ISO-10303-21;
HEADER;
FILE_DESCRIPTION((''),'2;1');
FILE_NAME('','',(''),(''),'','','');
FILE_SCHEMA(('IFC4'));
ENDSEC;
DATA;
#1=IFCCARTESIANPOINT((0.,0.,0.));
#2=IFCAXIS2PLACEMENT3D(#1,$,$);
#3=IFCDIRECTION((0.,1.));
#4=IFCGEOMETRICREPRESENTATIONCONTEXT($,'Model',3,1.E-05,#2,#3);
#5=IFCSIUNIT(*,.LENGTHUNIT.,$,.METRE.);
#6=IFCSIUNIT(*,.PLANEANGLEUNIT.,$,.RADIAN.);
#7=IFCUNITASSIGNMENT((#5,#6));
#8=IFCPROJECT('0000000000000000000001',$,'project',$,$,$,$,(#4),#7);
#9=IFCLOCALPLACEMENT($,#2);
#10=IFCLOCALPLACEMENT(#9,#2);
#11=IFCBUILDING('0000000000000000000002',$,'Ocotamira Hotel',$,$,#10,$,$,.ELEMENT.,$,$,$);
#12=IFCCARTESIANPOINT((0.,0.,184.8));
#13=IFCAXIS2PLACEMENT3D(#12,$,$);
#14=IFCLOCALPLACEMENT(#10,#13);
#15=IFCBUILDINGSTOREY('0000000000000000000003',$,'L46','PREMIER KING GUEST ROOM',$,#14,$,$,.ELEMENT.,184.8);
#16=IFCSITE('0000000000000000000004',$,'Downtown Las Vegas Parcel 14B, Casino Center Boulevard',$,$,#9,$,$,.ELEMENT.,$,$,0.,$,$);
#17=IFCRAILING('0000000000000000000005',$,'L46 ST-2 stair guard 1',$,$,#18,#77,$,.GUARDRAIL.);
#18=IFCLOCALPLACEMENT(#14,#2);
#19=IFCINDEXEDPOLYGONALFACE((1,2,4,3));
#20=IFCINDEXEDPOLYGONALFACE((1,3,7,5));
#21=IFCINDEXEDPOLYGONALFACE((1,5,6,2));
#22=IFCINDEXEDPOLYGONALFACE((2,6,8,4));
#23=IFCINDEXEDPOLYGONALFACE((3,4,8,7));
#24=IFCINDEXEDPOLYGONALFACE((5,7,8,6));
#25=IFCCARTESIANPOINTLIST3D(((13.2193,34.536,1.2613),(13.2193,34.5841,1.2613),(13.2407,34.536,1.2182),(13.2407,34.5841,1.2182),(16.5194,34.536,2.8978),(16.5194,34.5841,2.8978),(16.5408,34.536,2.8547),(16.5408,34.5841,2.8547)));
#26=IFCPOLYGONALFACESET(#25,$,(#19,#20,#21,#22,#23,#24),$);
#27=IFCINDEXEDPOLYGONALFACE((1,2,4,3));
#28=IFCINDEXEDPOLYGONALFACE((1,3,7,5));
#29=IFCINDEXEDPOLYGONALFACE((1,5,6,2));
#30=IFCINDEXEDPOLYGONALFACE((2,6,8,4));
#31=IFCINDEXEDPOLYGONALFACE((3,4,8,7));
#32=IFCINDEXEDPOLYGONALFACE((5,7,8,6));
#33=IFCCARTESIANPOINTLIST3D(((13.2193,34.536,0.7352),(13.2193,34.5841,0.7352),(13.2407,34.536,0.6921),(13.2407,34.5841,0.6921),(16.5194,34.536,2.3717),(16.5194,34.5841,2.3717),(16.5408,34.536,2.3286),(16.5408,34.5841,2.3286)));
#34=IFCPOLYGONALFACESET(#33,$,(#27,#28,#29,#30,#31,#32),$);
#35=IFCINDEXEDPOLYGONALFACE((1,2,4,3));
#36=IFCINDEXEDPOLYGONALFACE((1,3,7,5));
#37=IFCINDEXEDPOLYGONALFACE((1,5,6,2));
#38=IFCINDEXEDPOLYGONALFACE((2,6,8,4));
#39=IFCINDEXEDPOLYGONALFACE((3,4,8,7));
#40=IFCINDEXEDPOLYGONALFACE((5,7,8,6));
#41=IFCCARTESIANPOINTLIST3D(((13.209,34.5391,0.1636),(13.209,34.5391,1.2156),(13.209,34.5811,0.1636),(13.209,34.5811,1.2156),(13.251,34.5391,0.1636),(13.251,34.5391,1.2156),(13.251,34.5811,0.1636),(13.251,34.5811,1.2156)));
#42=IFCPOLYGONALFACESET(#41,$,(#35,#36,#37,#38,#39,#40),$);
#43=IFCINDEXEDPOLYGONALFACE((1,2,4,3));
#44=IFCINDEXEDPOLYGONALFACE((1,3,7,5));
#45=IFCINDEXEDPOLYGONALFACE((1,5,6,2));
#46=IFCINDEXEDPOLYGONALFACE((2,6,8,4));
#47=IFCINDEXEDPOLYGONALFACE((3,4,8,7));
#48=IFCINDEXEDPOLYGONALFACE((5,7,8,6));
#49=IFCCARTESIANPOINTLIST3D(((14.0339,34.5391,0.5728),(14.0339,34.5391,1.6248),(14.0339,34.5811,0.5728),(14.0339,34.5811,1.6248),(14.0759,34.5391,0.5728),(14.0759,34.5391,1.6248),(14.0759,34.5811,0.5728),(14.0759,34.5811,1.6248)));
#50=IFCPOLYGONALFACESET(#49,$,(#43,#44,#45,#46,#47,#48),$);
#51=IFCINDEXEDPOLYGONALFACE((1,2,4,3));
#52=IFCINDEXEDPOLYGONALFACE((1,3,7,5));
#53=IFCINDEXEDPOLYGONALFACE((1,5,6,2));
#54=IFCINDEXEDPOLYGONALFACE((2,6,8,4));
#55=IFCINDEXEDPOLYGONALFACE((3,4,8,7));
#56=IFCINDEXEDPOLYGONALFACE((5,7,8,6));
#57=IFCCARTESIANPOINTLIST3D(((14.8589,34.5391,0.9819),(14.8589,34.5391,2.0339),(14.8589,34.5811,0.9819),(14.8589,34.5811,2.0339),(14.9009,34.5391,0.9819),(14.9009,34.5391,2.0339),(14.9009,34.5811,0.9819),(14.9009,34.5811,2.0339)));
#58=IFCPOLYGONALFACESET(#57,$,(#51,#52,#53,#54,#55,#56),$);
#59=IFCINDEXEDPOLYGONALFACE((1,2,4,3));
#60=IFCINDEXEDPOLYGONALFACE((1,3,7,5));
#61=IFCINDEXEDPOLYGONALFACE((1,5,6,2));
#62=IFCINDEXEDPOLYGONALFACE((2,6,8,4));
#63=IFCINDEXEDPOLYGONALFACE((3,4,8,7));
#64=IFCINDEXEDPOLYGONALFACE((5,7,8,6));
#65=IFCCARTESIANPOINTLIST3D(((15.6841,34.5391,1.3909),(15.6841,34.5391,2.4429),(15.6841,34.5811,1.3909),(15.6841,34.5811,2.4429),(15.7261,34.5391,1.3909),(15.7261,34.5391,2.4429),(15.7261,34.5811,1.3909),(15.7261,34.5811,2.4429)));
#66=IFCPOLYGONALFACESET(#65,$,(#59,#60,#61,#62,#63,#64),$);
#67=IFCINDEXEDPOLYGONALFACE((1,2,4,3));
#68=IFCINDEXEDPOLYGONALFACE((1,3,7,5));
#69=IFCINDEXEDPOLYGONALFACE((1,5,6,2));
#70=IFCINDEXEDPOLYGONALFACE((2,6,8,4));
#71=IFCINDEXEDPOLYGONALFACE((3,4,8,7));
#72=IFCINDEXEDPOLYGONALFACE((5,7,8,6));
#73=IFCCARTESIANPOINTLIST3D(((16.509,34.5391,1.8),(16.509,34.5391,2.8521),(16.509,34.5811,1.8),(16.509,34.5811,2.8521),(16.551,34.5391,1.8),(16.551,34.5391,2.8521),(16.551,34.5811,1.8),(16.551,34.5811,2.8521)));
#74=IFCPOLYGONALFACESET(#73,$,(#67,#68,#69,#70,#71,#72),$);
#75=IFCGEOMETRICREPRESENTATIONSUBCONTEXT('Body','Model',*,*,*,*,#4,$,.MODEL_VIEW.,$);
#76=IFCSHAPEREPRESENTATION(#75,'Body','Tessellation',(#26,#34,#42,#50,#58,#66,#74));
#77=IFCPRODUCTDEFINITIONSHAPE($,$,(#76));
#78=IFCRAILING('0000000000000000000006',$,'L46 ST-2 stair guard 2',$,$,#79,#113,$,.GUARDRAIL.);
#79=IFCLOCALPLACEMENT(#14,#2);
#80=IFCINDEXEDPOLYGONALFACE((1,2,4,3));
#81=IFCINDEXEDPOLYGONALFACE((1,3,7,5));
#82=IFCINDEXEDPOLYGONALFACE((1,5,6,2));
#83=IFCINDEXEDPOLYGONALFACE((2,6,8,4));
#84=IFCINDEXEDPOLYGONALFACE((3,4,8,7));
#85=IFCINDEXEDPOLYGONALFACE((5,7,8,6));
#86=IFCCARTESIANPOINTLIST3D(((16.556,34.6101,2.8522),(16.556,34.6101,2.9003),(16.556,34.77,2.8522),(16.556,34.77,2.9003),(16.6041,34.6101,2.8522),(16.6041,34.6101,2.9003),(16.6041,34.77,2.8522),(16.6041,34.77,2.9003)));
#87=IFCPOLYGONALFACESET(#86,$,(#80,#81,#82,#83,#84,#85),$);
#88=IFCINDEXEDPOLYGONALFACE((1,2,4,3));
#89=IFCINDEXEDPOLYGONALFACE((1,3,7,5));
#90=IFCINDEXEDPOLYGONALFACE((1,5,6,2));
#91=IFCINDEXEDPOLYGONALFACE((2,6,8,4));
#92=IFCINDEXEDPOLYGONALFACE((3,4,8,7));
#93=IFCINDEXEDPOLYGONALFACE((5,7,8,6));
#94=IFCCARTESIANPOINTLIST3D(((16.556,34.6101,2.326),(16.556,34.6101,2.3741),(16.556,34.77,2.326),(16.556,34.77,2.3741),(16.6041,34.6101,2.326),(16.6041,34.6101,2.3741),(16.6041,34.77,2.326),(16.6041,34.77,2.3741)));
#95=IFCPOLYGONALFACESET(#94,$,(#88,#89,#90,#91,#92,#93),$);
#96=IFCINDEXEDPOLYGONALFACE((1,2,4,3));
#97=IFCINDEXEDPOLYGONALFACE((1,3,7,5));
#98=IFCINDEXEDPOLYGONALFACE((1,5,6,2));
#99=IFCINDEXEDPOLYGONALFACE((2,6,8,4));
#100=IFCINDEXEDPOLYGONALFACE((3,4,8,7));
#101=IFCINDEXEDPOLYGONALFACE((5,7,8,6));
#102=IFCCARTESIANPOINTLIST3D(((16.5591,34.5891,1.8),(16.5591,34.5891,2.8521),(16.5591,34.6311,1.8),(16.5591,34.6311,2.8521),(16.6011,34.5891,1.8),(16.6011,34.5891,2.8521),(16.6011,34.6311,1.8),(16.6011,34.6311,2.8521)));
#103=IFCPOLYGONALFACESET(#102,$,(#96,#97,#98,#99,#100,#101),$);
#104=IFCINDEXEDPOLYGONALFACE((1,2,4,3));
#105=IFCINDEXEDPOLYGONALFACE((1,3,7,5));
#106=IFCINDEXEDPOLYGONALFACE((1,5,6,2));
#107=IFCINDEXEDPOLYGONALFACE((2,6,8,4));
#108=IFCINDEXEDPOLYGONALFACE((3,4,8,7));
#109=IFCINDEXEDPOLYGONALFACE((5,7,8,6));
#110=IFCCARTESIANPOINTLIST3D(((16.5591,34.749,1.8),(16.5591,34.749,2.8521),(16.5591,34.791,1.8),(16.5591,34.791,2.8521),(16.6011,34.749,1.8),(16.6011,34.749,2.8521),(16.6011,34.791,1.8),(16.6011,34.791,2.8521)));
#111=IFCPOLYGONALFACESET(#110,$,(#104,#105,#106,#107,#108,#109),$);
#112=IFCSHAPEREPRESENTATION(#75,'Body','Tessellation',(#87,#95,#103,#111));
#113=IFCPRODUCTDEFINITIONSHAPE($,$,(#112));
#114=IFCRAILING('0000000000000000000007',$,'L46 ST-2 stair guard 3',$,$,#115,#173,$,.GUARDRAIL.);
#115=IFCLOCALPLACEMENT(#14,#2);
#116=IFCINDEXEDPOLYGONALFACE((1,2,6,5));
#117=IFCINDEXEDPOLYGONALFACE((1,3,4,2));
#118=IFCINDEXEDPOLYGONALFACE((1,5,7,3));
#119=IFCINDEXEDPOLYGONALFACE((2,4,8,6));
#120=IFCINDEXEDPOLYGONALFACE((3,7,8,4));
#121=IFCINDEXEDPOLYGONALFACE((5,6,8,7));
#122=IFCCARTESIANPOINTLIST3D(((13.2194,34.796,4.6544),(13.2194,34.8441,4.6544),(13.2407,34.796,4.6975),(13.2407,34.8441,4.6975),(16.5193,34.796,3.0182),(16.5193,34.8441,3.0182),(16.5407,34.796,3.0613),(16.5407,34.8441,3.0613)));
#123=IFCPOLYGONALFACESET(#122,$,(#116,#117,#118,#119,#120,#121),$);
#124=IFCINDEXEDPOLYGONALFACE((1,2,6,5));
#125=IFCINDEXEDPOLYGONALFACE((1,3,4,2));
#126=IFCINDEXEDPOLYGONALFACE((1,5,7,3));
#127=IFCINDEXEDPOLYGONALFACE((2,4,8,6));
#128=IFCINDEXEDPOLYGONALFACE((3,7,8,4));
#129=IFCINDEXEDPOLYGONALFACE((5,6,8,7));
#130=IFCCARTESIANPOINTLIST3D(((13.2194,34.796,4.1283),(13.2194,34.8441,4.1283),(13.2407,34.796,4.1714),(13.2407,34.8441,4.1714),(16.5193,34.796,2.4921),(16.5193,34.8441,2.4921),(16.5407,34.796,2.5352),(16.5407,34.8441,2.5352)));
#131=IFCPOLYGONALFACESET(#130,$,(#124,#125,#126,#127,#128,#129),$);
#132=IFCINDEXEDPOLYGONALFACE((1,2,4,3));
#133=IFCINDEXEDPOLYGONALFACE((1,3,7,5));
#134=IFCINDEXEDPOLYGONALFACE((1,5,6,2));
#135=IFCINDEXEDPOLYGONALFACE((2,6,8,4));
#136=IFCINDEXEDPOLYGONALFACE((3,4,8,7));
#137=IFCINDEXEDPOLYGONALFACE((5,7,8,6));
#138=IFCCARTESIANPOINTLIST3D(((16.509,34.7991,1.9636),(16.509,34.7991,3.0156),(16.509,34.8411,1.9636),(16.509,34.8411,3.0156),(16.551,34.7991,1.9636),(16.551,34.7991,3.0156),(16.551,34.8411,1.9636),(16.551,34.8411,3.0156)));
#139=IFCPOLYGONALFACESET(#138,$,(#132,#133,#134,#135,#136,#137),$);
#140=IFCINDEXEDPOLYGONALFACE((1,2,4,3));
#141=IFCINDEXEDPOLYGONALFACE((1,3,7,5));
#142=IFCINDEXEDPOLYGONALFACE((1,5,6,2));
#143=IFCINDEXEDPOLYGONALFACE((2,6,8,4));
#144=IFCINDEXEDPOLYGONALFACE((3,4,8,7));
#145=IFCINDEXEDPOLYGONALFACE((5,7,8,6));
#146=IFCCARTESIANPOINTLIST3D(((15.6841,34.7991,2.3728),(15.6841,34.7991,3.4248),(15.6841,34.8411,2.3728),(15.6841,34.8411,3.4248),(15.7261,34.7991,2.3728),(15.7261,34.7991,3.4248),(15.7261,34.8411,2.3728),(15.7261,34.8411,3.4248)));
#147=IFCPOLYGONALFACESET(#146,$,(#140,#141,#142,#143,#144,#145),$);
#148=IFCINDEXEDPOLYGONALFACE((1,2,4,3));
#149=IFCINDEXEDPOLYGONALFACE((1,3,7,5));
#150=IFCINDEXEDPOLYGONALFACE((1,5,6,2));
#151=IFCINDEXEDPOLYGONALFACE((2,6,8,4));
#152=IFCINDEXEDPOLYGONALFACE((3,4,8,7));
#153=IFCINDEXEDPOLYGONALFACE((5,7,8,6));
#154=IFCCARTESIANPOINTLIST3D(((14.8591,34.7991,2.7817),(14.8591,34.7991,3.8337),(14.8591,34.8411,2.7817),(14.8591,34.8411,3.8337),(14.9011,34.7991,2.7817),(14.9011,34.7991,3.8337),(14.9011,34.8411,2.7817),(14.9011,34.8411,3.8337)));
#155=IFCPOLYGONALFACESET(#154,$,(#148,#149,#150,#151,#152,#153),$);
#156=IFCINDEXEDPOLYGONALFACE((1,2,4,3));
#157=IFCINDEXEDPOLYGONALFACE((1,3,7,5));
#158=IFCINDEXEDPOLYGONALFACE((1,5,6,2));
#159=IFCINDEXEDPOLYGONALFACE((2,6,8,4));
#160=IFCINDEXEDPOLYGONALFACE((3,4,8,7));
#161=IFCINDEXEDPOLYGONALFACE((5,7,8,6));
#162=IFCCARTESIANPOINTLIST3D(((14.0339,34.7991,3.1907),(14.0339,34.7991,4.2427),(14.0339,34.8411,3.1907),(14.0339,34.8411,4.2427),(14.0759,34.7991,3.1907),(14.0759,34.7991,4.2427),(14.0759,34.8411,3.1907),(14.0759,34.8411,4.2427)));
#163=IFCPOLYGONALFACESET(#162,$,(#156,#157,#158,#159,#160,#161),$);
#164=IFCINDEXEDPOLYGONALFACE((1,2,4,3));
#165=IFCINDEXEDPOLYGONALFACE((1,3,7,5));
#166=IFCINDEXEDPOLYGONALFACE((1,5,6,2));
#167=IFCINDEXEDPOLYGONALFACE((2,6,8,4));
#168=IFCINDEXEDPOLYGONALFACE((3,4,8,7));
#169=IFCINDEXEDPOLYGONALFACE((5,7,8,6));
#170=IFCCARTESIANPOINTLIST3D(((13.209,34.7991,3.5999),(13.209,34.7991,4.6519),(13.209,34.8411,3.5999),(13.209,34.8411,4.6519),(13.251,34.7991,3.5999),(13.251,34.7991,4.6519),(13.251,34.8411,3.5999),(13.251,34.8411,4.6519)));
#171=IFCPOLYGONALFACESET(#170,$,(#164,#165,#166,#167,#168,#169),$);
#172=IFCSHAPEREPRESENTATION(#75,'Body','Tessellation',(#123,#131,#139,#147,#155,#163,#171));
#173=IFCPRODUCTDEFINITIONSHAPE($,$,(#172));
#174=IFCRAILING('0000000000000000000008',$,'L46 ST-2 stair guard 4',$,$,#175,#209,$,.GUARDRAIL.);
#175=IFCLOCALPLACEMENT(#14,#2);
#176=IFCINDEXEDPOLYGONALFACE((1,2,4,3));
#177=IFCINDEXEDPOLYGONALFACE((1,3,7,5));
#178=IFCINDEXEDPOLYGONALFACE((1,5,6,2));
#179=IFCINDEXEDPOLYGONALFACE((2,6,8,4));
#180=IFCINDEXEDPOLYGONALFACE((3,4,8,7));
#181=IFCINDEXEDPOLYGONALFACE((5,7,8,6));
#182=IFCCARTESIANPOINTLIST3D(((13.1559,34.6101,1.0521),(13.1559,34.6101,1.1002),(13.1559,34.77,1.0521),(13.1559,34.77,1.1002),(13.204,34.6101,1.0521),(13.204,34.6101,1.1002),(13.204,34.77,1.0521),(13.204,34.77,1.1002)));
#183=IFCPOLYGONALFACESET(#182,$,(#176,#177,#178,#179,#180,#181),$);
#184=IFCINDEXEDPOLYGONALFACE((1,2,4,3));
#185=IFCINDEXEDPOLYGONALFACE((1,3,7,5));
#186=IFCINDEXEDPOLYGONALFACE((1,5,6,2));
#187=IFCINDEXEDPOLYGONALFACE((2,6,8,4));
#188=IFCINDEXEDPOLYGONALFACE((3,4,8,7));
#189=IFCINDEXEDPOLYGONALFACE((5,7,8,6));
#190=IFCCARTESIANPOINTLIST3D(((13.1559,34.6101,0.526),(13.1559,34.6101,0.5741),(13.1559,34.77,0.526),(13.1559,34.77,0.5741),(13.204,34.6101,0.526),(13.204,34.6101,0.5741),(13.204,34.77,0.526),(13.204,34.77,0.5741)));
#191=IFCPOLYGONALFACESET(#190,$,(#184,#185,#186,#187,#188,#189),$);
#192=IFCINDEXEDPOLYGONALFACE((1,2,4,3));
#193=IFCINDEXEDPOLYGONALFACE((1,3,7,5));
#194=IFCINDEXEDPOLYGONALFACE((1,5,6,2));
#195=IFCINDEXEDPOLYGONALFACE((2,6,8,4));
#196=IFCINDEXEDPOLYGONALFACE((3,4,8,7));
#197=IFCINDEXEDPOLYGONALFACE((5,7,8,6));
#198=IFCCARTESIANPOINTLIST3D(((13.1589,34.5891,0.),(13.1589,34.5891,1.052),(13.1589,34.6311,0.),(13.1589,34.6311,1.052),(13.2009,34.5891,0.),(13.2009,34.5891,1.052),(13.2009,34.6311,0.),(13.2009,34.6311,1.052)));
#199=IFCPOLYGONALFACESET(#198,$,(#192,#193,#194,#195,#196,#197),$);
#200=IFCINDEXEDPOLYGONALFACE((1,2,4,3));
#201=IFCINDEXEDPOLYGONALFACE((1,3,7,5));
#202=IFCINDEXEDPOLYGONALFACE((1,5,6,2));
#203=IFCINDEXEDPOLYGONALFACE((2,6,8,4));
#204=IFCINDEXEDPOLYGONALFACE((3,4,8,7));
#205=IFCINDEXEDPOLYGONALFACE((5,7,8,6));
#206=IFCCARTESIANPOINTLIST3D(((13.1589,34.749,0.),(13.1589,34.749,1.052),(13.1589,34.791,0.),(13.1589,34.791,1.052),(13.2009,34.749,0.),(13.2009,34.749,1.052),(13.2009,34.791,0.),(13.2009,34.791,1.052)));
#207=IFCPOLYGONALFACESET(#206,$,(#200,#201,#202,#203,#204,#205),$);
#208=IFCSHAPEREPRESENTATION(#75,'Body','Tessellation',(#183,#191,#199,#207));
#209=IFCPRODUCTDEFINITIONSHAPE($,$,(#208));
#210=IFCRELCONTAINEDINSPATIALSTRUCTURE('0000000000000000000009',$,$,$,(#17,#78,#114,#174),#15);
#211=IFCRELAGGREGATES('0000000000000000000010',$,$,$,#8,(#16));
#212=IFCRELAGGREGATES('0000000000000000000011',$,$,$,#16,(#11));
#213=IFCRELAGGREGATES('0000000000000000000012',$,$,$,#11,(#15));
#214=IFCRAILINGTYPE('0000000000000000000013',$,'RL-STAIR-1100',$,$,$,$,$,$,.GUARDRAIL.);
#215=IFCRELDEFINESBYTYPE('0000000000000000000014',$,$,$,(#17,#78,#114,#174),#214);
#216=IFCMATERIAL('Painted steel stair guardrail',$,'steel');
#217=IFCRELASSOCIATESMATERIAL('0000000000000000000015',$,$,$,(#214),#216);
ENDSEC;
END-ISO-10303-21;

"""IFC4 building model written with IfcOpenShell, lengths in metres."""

from ifc_helpers import new_model, si_unit, direction, frame, origin, origin_2d, place, context, subcontext, project, spatial, rectangle, extrude, material, type_object, element, save


model = new_model("IFC4")

# Units and contexts
model_context = context("Model", 3, precision=1e-05, world=origin(), true_north=direction((0.0, 1.0)))
body_context = subcontext(model_context, "Body", "Model", "MODEL_VIEW")
ifc_project = project(units=[si_unit("LENGTHUNIT", "METRE"), si_unit("PLANEANGLEUNIT", "RADIAN")], contexts=[model_context])

# Site, building, storey
site_placement = place(None, origin())
site = spatial("IfcSite", under=ifc_project, at=site_placement, Name="Downtown Las Vegas Parcel 14B, Casino Center Boulevard", CompositionType="ELEMENT", RefElevation=0.0)
building_placement = place(site_placement, origin())
building = spatial("IfcBuilding", under=site, at=building_placement, Name="Ocotamira Hotel", CompositionType="ELEMENT")
storey_placement = place(building_placement, frame((0.0, 0.0, 184.8)))
storey = spatial("IfcBuildingStorey", under=building, at=storey_placement, Name="L46", Description="PREMIER KING GUEST ROOM", CompositionType="ELEMENT", Elevation=184.8)

# Railings
ifc_material_1 = material(Name="Painted steel stair guardrail", Category="steel")
railing_type_1 = type_object("IfcRailingType", Name="RL-STAIR-1100", PredefinedType="GUARDRAIL", material=ifc_material_1)
railing_1_placement = place(storey_placement, frame((13.23, 34.5601, 0.1636)))
element("IfcRailing", 1, at=railing_1_placement, inside=storey, type_object=railing_type_1, Name="L46 ST-2 stair guard 1", PredefinedType="GUARDRAIL", context=body_context, shape_type="SweptSolid", body=[
    extrude(rectangle(XDim=0.0481, YDim=0.0481, at=origin_2d()), frame((0.0, 0.0, 1.0762), z_axis=(0.895894, 0.0, 0.444268), x_axis=(0.0, 1.0, 0.0)), (0.0, 0.0, 1.0), 3.6836),
    extrude(rectangle(XDim=0.0481, YDim=0.0481, at=origin_2d()), frame((0.0, 0.0, 0.55), z_axis=(0.895894, 0.0, 0.444268), x_axis=(0.0, 1.0, 0.0)), (0.0, 0.0, 1.0), 3.6836),
    extrude(rectangle(XDim=0.042, YDim=0.042, at=origin_2d()), origin(), (0.0, 0.0, 1.0), 1.052),
    extrude(rectangle(XDim=0.042, YDim=0.042, at=origin_2d()), frame((0.825, 0.0, 0.4092)), (0.0, 0.0, 1.0), 1.052),
    extrude(rectangle(XDim=0.042, YDim=0.042, at=origin_2d()), frame((1.6499, 0.0, 0.8184)), (0.0, 0.0, 1.0), 1.052),
    extrude(rectangle(XDim=0.042, YDim=0.042, at=origin_2d()), frame((2.4751, 0.0, 1.2273)), (0.0, 0.0, 1.0), 1.052),
    extrude(rectangle(XDim=0.042, YDim=0.042, at=origin_2d()), frame((3.3, 0.0, 1.6365)), (0.0, 0.0, 1.0), 1.052),
])
railing_2_placement = place(storey_placement, frame((16.5801, 34.6101, 1.8)))
element("IfcRailing", 2, at=railing_2_placement, inside=storey, type_object=railing_type_1, Name="L46 ST-2 stair guard 2", PredefinedType="GUARDRAIL", context=body_context, shape_type="SweptSolid", body=[
    extrude(rectangle(XDim=0.0481, YDim=0.0481, at=origin_2d()), frame((0.0, 0.0, 1.0762), z_axis=(0.0, 1.0, 0.0), x_axis=(-1.0, 0.0, 0.0)), (0.0, 0.0, 1.0), 0.1599),
    extrude(rectangle(XDim=0.0481, YDim=0.0481, at=origin_2d()), frame((0.0, 0.0, 0.55), z_axis=(0.0, 1.0, 0.0), x_axis=(-1.0, 0.0, 0.0)), (0.0, 0.0, 1.0), 0.1599),
    extrude(rectangle(XDim=0.042, YDim=0.042, at=origin_2d()), origin(), (0.0, 0.0, 1.0), 1.052),
    extrude(rectangle(XDim=0.042, YDim=0.042, at=origin_2d()), frame((0.0, 0.1599, 0.0)), (0.0, 0.0, 1.0), 1.052),
])
railing_3_placement = place(storey_placement, frame((16.53, 34.8201, 1.9636)))
element("IfcRailing", 3, at=railing_3_placement, inside=storey, type_object=railing_type_1, Name="L46 ST-2 stair guard 3", PredefinedType="GUARDRAIL", context=body_context, shape_type="SweptSolid", body=[
    extrude(rectangle(XDim=0.0481, YDim=0.0481, at=origin_2d()), frame((0.0, 0.0, 1.0762), z_axis=(-0.89592, 0.0, 0.444215), x_axis=(0.0, -1.0, 0.0)), (0.0, 0.0, 1.0), 3.6833),
    extrude(rectangle(XDim=0.0481, YDim=0.0481, at=origin_2d()), frame((0.0, 0.0, 0.55), z_axis=(-0.89592, 0.0, 0.444215), x_axis=(0.0, -1.0, 0.0)), (0.0, 0.0, 1.0), 3.6833),
    extrude(rectangle(XDim=0.042, YDim=0.042, at=origin_2d()), origin(), (0.0, 0.0, 1.0), 1.052),
    extrude(rectangle(XDim=0.042, YDim=0.042, at=origin_2d()), frame((-0.825, 0.0, 0.4092)), (0.0, 0.0, 1.0), 1.052),
    extrude(rectangle(XDim=0.042, YDim=0.042, at=origin_2d()), frame((-1.6499, 0.0, 0.8181)), (0.0, 0.0, 1.0), 1.052),
    extrude(rectangle(XDim=0.042, YDim=0.042, at=origin_2d()), frame((-2.4751, 0.0, 1.2271)), (0.0, 0.0, 1.0), 1.052),
    extrude(rectangle(XDim=0.042, YDim=0.042, at=origin_2d()), frame((-3.3, 0.0, 1.6362)), (0.0, 0.0, 1.0), 1.052),
])
railing_4_placement = place(storey_placement, frame((13.1799, 34.6101, 0.0)))
element("IfcRailing", 4, at=railing_4_placement, inside=storey, type_object=railing_type_1, Name="L46 ST-2 stair guard 4", PredefinedType="GUARDRAIL", context=body_context, shape_type="SweptSolid", body=[
    extrude(rectangle(XDim=0.0481, YDim=0.0481, at=origin_2d()), frame((0.0, 0.0, 1.0762), z_axis=(0.0, 1.0, 0.0), x_axis=(-1.0, 0.0, 0.0)), (0.0, 0.0, 1.0), 0.1599),
    extrude(rectangle(XDim=0.0481, YDim=0.0481, at=origin_2d()), frame((0.0, 0.0, 0.55), z_axis=(0.0, 1.0, 0.0), x_axis=(-1.0, 0.0, 0.0)), (0.0, 0.0, 1.0), 0.1599),
    extrude(rectangle(XDim=0.042, YDim=0.042, at=origin_2d()), origin(), (0.0, 0.0, 1.0), 1.052),
    extrude(rectangle(XDim=0.042, YDim=0.042, at=origin_2d()), frame((0.0, 0.1599, 0.0)), (0.0, 0.0, 1.0), 1.052),
])

save(model, "model.ifc")
